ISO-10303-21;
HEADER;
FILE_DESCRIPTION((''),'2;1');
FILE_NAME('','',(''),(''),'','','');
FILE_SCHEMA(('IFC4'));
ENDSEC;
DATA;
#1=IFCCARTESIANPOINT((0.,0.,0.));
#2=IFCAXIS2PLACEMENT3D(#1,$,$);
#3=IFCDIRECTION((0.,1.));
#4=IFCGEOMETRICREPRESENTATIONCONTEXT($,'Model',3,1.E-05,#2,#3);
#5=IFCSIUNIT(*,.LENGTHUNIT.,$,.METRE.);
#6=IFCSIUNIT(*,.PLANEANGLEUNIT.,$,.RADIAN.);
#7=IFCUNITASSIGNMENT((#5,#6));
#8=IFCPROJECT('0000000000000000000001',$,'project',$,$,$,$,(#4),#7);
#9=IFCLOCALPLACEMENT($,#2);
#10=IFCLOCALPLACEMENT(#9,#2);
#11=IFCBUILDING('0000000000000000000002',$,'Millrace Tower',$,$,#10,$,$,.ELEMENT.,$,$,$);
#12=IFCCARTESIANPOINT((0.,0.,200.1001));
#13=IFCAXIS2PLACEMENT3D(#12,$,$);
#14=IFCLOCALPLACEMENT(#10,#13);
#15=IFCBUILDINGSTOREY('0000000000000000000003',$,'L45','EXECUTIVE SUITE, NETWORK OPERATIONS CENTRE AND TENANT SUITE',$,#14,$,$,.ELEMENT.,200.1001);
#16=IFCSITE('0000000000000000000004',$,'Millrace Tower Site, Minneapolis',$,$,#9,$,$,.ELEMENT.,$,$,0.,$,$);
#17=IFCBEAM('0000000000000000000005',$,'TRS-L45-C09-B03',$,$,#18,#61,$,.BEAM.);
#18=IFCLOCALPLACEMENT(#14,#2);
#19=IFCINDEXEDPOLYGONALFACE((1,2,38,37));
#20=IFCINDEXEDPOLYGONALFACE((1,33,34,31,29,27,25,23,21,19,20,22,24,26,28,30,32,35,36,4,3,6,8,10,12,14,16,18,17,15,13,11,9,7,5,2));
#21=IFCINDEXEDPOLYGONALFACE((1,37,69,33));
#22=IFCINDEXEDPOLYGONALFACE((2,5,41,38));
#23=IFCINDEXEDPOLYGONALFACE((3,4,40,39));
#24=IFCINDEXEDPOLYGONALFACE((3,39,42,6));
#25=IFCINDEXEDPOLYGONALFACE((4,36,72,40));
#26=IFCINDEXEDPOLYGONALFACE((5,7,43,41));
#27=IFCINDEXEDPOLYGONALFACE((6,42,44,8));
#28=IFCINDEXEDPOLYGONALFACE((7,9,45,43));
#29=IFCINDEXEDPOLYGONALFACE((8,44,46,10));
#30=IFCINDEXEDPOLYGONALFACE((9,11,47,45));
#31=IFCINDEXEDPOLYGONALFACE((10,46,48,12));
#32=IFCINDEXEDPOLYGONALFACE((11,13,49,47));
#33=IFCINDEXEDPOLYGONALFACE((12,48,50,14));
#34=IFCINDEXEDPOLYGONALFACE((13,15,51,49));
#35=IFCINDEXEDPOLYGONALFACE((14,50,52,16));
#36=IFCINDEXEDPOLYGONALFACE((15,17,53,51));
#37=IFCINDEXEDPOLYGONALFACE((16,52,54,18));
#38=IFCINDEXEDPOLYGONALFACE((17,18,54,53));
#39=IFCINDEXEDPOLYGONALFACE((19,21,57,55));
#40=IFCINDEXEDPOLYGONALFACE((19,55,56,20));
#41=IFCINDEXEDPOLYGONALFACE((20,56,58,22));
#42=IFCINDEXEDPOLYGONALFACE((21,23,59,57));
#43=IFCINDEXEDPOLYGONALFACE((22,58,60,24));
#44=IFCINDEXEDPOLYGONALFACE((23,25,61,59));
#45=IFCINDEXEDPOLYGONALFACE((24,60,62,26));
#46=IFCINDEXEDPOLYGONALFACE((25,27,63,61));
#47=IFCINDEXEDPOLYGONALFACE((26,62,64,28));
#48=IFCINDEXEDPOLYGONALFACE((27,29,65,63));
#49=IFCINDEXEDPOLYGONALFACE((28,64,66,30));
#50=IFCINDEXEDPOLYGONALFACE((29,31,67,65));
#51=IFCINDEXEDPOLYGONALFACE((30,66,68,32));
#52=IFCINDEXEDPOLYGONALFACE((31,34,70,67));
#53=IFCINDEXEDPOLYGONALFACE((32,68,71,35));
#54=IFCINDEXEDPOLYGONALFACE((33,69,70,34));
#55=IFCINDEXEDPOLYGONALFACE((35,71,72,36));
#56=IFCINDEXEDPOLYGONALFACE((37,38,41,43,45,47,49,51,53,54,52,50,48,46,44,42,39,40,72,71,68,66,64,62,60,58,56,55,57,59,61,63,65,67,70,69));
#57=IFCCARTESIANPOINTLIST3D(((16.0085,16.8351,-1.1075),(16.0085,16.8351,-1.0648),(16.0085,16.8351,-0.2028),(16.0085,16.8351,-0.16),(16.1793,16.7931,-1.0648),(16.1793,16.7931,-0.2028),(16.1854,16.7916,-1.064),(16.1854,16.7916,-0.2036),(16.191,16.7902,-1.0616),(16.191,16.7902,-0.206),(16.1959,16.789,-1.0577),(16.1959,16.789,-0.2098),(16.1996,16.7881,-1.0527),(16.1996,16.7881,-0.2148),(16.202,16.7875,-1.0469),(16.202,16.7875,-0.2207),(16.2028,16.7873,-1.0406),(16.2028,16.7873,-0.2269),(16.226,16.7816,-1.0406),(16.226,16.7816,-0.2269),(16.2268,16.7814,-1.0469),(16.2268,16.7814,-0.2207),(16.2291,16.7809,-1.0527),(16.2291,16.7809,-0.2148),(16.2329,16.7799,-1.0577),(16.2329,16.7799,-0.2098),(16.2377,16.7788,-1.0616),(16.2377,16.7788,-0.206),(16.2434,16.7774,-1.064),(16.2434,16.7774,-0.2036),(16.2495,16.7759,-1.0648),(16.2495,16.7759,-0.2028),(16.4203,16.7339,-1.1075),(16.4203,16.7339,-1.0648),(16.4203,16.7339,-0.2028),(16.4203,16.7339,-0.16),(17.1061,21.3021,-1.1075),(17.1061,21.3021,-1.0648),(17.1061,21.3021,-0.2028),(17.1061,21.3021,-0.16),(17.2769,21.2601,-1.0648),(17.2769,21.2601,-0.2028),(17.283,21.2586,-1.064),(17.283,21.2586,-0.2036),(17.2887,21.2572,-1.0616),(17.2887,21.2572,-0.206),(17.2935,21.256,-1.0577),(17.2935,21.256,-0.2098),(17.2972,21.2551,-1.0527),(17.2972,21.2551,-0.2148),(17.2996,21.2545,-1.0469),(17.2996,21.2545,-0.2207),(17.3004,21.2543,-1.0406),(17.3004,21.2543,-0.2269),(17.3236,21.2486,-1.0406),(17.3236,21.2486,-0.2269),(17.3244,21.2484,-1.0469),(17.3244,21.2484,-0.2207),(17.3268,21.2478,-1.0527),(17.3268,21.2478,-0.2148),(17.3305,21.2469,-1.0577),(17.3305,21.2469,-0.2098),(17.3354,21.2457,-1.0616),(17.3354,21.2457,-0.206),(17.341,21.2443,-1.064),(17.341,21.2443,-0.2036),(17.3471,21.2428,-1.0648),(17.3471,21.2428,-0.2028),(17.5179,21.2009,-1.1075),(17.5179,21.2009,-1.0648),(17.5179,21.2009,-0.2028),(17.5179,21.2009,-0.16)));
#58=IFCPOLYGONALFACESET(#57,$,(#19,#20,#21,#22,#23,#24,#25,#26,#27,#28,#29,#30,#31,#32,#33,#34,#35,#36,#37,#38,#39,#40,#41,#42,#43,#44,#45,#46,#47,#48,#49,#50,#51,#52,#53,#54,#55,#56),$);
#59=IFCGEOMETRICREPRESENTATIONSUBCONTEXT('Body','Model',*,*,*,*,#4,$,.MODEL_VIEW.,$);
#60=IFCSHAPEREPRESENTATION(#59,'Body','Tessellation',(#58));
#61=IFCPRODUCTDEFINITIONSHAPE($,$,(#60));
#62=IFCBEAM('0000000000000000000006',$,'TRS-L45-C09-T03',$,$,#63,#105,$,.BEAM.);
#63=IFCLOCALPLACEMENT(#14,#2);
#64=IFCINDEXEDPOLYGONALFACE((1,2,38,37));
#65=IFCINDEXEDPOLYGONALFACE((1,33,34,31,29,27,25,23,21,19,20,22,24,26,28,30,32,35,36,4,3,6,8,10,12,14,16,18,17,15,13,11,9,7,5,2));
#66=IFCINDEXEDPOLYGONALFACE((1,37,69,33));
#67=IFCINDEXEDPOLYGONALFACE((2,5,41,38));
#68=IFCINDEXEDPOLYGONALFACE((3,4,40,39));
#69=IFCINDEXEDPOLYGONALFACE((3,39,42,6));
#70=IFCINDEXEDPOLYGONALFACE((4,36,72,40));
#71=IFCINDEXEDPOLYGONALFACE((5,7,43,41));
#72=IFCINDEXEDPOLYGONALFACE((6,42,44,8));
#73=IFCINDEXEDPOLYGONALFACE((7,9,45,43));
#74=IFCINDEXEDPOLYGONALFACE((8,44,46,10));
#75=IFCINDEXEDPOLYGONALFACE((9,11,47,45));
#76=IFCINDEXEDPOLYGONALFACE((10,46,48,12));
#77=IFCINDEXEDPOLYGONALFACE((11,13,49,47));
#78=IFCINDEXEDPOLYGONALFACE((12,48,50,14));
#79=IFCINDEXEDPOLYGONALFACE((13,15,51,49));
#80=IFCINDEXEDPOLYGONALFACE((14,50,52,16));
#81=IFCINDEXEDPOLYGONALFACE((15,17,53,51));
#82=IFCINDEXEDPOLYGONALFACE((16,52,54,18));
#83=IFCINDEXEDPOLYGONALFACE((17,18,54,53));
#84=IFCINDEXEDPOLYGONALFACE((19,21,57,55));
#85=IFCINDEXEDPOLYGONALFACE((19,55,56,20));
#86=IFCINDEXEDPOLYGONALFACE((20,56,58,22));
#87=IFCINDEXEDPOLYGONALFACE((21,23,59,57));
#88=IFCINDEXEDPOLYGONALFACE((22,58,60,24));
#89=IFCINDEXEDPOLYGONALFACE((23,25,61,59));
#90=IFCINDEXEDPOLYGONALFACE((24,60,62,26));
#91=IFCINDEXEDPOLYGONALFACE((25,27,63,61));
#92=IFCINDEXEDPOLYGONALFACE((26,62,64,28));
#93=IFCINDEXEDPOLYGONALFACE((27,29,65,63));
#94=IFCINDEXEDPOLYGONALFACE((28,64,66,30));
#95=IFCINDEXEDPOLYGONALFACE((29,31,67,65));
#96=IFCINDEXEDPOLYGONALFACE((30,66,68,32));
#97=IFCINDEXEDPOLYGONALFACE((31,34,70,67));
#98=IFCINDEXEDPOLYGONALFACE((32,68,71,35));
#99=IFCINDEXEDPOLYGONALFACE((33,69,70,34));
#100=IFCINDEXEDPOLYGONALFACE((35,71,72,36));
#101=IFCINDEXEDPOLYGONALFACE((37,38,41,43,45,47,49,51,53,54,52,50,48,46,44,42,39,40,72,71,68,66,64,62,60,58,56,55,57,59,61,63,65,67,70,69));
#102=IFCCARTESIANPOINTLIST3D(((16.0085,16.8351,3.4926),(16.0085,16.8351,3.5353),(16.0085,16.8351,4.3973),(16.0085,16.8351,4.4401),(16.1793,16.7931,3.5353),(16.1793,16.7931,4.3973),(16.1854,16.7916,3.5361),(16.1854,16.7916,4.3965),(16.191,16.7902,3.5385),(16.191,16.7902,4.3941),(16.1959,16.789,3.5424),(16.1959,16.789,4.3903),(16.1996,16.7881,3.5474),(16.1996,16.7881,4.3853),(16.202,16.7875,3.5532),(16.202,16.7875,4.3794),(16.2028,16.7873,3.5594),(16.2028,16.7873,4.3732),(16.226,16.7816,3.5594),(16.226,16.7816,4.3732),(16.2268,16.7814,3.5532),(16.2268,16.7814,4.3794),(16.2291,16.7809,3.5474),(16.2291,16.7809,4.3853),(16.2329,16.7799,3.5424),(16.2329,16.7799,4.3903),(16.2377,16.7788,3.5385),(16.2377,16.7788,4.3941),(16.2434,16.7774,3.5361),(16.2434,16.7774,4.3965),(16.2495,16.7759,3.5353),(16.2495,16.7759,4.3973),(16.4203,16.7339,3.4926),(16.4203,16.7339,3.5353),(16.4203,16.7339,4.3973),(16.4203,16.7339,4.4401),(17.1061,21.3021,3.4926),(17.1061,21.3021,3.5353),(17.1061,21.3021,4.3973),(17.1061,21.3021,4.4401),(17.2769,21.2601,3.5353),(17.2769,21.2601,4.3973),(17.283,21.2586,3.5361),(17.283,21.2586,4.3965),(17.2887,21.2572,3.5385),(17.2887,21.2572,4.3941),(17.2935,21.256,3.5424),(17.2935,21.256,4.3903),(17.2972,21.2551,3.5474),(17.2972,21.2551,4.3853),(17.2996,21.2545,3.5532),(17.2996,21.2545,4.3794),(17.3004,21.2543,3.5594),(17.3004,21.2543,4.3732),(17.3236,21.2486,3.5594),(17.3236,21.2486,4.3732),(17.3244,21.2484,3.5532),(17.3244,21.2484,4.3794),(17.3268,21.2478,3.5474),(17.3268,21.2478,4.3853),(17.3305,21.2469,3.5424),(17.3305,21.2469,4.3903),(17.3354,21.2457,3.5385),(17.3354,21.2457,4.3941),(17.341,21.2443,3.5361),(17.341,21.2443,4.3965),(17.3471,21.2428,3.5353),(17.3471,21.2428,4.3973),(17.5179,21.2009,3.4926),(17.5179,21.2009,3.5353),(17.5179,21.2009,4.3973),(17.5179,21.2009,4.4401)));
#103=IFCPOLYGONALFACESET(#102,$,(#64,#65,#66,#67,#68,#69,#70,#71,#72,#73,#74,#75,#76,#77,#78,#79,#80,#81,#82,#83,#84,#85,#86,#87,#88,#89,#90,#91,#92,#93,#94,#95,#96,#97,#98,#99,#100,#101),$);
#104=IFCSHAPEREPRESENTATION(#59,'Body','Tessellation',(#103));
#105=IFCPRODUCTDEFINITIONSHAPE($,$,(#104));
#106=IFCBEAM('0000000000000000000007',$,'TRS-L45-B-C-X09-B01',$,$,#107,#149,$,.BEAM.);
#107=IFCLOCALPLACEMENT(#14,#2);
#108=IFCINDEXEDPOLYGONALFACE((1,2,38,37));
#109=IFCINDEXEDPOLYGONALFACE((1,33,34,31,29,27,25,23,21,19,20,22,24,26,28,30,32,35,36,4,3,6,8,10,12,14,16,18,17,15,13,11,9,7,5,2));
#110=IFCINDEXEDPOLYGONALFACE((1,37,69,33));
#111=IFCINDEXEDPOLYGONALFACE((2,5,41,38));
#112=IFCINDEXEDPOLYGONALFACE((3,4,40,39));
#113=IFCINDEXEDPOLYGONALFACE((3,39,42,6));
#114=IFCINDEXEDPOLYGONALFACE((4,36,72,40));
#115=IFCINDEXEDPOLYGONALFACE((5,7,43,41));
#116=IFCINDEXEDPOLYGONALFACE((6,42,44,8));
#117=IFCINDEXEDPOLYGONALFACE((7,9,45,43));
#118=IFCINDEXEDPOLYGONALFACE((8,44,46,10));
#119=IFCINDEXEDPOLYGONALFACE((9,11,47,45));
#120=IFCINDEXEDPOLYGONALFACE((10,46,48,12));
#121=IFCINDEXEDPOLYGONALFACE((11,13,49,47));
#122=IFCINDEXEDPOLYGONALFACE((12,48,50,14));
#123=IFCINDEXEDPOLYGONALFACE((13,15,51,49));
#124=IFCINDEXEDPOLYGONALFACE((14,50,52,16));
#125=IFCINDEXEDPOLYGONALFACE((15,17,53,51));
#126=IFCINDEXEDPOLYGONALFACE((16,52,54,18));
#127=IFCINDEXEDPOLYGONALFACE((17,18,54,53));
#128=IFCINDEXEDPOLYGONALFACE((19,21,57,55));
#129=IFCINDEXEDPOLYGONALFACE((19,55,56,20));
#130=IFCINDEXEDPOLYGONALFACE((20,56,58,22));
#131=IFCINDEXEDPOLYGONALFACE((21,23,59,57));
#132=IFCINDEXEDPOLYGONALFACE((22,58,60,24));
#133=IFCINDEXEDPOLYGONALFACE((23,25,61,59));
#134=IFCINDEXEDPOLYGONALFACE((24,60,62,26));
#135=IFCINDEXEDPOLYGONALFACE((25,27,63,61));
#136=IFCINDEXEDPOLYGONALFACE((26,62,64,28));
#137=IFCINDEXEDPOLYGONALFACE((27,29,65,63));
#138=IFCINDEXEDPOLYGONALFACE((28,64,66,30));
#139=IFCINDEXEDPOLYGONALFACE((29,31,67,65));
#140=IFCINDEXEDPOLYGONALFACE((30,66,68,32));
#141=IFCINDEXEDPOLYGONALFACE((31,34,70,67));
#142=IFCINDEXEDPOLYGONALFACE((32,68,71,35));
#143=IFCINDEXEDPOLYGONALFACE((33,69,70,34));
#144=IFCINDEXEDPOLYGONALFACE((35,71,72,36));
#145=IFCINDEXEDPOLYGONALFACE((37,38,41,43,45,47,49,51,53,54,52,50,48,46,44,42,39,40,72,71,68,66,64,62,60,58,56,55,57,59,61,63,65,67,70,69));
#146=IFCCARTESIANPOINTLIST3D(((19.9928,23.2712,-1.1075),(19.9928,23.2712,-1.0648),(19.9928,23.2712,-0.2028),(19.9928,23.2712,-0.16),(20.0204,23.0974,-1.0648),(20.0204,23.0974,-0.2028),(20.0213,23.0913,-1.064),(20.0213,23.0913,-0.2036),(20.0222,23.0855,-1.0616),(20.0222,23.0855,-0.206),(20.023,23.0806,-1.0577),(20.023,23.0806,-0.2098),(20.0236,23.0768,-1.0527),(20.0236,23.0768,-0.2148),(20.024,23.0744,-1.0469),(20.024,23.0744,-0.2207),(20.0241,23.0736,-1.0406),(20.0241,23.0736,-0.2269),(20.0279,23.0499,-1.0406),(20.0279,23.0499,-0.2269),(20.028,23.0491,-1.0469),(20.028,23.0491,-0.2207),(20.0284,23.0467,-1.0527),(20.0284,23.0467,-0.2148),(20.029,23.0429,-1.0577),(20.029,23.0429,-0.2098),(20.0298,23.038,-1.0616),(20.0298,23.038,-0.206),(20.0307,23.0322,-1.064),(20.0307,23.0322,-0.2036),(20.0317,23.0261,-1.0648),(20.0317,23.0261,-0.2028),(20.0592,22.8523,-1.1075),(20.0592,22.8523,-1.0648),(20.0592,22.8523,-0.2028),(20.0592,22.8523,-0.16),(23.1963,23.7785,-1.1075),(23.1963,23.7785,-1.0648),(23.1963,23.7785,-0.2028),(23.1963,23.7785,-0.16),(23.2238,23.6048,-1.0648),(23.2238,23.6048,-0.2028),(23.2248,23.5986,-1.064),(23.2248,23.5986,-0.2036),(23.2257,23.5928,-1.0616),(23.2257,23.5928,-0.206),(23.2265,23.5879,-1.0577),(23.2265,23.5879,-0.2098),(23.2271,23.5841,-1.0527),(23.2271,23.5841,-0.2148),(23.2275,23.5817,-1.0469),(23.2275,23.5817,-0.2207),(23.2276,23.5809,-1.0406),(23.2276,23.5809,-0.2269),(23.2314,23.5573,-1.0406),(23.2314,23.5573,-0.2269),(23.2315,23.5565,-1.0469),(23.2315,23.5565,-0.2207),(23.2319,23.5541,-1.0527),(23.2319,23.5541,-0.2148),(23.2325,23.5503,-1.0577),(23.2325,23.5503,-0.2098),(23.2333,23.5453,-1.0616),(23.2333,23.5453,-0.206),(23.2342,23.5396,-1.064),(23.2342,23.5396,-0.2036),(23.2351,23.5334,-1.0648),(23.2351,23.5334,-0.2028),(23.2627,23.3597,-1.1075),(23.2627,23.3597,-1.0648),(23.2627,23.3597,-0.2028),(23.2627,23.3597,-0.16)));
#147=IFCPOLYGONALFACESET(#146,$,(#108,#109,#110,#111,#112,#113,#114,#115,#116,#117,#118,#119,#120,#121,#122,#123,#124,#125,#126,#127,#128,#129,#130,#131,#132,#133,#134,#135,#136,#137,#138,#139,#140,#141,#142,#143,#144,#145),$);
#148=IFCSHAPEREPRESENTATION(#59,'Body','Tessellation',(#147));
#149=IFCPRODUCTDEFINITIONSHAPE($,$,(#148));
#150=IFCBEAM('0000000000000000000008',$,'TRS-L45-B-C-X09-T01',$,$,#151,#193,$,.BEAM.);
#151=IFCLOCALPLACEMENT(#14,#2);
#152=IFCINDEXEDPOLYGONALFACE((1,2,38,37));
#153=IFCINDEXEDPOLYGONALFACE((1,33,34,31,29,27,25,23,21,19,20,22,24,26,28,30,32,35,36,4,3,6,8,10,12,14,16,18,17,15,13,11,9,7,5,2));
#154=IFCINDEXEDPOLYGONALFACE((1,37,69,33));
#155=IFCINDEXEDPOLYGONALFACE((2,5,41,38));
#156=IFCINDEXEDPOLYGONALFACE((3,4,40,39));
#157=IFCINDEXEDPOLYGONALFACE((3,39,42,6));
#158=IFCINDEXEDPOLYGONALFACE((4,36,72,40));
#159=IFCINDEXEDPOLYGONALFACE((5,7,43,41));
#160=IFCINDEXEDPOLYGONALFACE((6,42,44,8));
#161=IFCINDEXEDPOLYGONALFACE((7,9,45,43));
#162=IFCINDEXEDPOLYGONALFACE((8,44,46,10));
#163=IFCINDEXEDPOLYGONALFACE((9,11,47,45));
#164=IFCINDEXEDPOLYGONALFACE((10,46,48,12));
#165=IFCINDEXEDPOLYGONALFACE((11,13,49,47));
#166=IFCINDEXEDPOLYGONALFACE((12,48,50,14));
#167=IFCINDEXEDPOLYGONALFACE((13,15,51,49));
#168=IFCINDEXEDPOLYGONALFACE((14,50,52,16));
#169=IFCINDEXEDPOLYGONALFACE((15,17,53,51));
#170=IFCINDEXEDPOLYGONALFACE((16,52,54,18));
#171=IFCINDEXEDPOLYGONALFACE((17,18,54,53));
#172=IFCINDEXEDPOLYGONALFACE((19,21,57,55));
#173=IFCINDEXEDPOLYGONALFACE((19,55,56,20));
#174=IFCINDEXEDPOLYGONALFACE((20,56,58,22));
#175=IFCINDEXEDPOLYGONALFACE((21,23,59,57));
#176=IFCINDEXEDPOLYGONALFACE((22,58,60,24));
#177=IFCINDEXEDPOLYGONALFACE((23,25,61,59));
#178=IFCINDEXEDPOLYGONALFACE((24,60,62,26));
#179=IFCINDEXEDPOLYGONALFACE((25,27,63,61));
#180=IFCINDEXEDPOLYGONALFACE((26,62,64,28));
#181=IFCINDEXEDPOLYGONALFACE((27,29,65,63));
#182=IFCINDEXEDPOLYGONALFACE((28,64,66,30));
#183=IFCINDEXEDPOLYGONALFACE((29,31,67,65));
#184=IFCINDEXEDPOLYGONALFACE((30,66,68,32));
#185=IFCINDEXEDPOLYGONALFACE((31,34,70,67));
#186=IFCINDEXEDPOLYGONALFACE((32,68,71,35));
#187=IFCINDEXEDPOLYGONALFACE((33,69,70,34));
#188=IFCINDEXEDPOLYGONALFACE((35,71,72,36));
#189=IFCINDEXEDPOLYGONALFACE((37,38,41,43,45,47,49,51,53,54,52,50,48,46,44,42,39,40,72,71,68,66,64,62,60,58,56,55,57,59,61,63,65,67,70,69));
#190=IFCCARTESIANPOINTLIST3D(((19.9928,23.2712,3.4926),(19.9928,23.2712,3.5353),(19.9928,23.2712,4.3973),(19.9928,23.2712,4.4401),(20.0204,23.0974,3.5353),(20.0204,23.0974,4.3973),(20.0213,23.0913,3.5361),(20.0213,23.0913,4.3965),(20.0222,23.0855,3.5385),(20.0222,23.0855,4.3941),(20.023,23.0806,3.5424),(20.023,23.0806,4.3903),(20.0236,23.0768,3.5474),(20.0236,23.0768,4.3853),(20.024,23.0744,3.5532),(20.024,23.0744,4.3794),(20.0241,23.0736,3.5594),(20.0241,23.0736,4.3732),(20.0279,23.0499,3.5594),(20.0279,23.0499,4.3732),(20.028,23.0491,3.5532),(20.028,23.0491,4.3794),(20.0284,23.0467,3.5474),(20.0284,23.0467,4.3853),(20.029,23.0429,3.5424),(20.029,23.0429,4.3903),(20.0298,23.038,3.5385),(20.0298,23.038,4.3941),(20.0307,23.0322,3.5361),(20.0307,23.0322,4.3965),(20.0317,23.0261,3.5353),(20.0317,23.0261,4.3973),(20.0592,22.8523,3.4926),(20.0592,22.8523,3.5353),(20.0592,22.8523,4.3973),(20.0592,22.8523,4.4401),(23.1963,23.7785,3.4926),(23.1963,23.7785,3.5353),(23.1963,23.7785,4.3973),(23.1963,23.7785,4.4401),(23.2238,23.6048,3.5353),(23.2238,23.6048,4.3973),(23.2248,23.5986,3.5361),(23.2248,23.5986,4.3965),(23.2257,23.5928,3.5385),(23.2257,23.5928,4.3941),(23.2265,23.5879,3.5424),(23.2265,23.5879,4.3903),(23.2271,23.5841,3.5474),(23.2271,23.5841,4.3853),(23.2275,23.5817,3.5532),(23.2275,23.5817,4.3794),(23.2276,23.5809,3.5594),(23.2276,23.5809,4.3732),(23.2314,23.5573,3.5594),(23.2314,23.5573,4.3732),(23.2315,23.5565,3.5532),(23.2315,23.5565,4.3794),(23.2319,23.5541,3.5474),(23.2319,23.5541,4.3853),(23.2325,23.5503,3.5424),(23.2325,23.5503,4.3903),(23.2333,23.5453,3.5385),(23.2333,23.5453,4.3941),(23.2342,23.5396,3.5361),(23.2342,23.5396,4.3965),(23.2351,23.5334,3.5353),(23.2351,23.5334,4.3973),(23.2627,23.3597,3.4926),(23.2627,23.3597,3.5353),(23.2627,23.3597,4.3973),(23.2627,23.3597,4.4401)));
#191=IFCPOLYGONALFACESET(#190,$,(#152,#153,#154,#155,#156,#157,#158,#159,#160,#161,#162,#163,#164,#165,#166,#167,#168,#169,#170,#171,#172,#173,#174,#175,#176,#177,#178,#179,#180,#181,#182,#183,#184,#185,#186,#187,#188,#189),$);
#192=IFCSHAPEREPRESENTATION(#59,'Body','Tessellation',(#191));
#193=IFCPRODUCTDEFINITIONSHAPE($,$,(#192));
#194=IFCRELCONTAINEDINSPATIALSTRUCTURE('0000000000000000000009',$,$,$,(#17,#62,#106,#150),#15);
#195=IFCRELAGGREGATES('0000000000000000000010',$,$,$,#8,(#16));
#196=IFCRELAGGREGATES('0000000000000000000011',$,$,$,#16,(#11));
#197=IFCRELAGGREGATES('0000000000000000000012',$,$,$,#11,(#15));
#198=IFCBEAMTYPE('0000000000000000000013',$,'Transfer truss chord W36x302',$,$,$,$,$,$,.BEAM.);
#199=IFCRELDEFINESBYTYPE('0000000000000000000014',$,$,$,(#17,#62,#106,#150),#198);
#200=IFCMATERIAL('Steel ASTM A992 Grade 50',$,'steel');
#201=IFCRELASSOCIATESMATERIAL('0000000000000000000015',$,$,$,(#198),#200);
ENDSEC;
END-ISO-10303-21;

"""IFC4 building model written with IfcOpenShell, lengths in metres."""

from ifc_helpers import new_model, si_unit, direction, frame, origin, origin_2d, place, context, subcontext, project, spatial, i_section, extrude, material, material_profile, profile_set, type_object, element, save


model = new_model("IFC4")

# Units and contexts
model_context = context("Model", 3, precision=1e-05, world=origin(), true_north=direction((0.0, 1.0)))
body_context = subcontext(model_context, "Body", "Model", "MODEL_VIEW")
ifc_project = project(units=[si_unit("LENGTHUNIT", "METRE"), si_unit("PLANEANGLEUNIT", "RADIAN")], contexts=[model_context])

# Site, building, storey
site_placement = place(None, origin())
site = spatial("IfcSite", under=ifc_project, at=site_placement, Name="Millrace Tower Site, Minneapolis", CompositionType="ELEMENT", RefElevation=0.0)
building_placement = place(site_placement, origin())
building = spatial("IfcBuilding", under=site, at=building_placement, Name="Millrace Tower", CompositionType="ELEMENT")
storey_placement = place(building_placement, frame((0.0, 0.0, 200.1001)))
storey = spatial("IfcBuildingStorey", under=building, at=storey_placement, Name="L45", Description="EXECUTIVE SUITE, NETWORK OPERATIONS CENTRE AND TENANT SUITE", CompositionType="ELEMENT", Elevation=200.1001)

# Beams
ifc_material_1 = material(Name="Steel ASTM A992 Grade 50", Category="steel")
ifc_material_profile_1 = material_profile(ifc_material_1, i_section(OverallWidth=0.4241, OverallDepth=0.9475, WebThickness=0.0239, FlangeThickness=0.0427, FilletRadius=0.0242, at=origin_2d()))
ifc_profile_set_1 = profile_set([ifc_material_profile_1], Name="Steel ASTM A992 Grade 50")
beam_type_1 = type_object("IfcBeamType", Name="Transfer truss chord W36x302", PredefinedType="BEAM", material=ifc_profile_set_1)
for number, where, z_axis, x_axis, name in (
    (1, (17.312, 21.2515, -0.6338), (-0.238625, -0.971112, 0.0), (0.971112, -0.238625, 0.0), "TRS-L45-C09-B03"),
    (2, (17.312, 21.2515, 3.9663), (-0.238625, -0.971112, 0.0), (0.971112, -0.238625, 0.0), "TRS-L45-C09-T03"),
):
    element("IfcBeam", number, at=place(storey_placement, frame(where, z_axis=z_axis, x_axis=x_axis)), inside=storey, type_object=beam_type_1, Name=name, PredefinedType="BEAM", context=body_context, shape_type="SweptSolid", body=[
        extrude(i_section(OverallWidth=0.4241, OverallDepth=0.9475, WebThickness=0.0239, FlangeThickness=0.0427, FilletRadius=0.0242, at=origin_2d()), origin(), (0.0, 0.0, 1.0), 4.5999),
    ])
for number, where, z_axis, x_axis, name in (
    (3, (23.2295, 23.5691, -0.6338), (-0.98769, -0.156423, 0.0), (0.156423, -0.98769, 0.0), "TRS-L45-B-C-X09-B01"),
    (4, (23.2295, 23.5691, 3.9663), (-0.98769, -0.156423, 0.0), (0.156423, -0.98769, 0.0), "TRS-L45-B-C-X09-T01"),
):
    element("IfcBeam", number, at=place(storey_placement, frame(where, z_axis=z_axis, x_axis=x_axis)), inside=storey, type_object=beam_type_1, Name=name, PredefinedType="BEAM", context=body_context, shape_type="SweptSolid", body=[
        extrude(i_section(OverallWidth=0.4241, OverallDepth=0.9475, WebThickness=0.0239, FlangeThickness=0.0427, FilletRadius=0.0242, at=origin_2d()), origin(), (0.0, 0.0, 1.0), 3.2434),
    ])

save(model, "model.ifc")
